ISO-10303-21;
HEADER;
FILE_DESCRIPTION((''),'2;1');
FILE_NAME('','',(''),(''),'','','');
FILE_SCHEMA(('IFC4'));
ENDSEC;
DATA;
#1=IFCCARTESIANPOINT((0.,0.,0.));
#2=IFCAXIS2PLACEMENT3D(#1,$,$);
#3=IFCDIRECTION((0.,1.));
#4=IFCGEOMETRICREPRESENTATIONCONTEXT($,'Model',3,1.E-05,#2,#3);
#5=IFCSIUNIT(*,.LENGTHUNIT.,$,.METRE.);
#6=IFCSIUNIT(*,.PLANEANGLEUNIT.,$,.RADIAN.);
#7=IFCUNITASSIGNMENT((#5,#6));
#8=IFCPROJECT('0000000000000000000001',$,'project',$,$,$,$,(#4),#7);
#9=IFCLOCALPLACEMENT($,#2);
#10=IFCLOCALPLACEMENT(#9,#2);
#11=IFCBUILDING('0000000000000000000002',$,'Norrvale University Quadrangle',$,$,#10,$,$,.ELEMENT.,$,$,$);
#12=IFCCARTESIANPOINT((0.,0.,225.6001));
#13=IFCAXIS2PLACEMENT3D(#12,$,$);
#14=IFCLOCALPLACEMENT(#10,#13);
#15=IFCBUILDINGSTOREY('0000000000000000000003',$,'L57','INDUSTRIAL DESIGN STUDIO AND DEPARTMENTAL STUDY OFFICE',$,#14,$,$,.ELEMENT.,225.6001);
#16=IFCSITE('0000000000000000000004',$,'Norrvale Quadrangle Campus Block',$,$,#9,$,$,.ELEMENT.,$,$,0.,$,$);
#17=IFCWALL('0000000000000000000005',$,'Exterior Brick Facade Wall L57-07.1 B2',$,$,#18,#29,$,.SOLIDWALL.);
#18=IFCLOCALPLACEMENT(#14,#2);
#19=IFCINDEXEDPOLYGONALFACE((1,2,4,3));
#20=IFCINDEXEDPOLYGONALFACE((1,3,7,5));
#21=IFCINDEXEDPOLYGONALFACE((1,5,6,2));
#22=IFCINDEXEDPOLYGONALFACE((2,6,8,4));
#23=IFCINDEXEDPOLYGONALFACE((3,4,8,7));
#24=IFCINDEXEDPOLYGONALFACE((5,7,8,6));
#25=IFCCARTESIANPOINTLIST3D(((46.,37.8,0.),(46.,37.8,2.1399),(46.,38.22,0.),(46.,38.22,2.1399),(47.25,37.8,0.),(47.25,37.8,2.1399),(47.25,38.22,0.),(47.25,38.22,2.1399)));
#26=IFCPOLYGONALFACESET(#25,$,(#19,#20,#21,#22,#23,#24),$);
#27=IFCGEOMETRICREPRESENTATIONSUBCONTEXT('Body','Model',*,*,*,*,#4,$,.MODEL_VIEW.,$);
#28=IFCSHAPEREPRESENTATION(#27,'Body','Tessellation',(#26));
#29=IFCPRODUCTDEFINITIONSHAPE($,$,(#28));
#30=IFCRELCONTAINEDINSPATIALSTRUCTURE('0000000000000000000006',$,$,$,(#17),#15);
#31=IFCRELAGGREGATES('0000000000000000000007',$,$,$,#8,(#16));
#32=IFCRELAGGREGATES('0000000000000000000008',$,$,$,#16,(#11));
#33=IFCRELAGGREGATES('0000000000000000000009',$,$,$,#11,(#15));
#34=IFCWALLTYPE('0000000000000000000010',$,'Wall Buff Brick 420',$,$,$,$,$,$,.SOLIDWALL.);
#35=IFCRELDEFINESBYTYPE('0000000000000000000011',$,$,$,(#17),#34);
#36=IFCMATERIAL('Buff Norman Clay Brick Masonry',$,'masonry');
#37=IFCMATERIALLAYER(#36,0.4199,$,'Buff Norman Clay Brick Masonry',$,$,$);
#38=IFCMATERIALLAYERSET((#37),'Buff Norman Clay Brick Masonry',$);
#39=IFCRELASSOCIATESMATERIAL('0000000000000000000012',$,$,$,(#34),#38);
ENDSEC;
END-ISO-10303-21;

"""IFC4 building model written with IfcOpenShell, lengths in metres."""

from ifc_helpers import new_model, si_unit, direction, frame, frame_2d, origin, place, context, subcontext, project, spatial, rectangle, extrude, material, layer, layer_set, type_object, element, save


model = new_model("IFC4")

# Units and contexts
model_context = context("Model", 3, precision=1e-05, world=origin(), true_north=direction((0.0, 1.0)))
body_context = subcontext(model_context, "Body", "Model", "MODEL_VIEW")
ifc_project = project(units=[si_unit("LENGTHUNIT", "METRE"), si_unit("PLANEANGLEUNIT", "RADIAN")], contexts=[model_context])

# Site, building, storey
site_placement = place(None, origin())
site = spatial("IfcSite", under=ifc_project, at=site_placement, Name="Norrvale Quadrangle Campus Block", CompositionType="ELEMENT", RefElevation=0.0)
building_placement = place(site_placement, origin())
building = spatial("IfcBuilding", under=site, at=building_placement, Name="Norrvale University Quadrangle", CompositionType="ELEMENT")
storey_placement = place(building_placement, frame((0.0, 0.0, 225.6001)))
storey = spatial("IfcBuildingStorey", under=building, at=storey_placement, Name="L57", Description="INDUSTRIAL DESIGN STUDIO AND DEPARTMENTAL STUDY OFFICE", CompositionType="ELEMENT", Elevation=225.6001)

# Shared definitions
ifc_material_1 = material(Name="Buff Norman Clay Brick Masonry", Category="masonry")
ifc_layer_1 = layer(ifc_material_1, 0.4199, Name="Buff Norman Clay Brick Masonry")
ifc_layer_set_1 = layer_set([ifc_layer_1], Name="Buff Norman Clay Brick Masonry")
wall_type = type_object("IfcWallType", Name="Wall Buff Brick 420", PredefinedType="SOLIDWALL", material=ifc_layer_set_1)

# Wall
wall_1_placement = place(storey_placement, frame((47.25, 38.01, 0.0), z_axis=(0.0, 0.0, 1.0), x_axis=(-1.0, 0.0, 0.0)))
element("IfcWall", 1, at=wall_1_placement, inside=storey, type_object=wall_type, Name="Exterior Brick Facade Wall L57-07.1 B2", PredefinedType="SOLIDWALL", context=body_context, shape_type="SweptSolid", body=[
    extrude(rectangle(XDim=1.25, YDim=0.4199, at=frame_2d((0.625, 0.0))), origin(), (0.0, 0.0, 1.0), 2.1399),
])

save(model, "model.ifc")
